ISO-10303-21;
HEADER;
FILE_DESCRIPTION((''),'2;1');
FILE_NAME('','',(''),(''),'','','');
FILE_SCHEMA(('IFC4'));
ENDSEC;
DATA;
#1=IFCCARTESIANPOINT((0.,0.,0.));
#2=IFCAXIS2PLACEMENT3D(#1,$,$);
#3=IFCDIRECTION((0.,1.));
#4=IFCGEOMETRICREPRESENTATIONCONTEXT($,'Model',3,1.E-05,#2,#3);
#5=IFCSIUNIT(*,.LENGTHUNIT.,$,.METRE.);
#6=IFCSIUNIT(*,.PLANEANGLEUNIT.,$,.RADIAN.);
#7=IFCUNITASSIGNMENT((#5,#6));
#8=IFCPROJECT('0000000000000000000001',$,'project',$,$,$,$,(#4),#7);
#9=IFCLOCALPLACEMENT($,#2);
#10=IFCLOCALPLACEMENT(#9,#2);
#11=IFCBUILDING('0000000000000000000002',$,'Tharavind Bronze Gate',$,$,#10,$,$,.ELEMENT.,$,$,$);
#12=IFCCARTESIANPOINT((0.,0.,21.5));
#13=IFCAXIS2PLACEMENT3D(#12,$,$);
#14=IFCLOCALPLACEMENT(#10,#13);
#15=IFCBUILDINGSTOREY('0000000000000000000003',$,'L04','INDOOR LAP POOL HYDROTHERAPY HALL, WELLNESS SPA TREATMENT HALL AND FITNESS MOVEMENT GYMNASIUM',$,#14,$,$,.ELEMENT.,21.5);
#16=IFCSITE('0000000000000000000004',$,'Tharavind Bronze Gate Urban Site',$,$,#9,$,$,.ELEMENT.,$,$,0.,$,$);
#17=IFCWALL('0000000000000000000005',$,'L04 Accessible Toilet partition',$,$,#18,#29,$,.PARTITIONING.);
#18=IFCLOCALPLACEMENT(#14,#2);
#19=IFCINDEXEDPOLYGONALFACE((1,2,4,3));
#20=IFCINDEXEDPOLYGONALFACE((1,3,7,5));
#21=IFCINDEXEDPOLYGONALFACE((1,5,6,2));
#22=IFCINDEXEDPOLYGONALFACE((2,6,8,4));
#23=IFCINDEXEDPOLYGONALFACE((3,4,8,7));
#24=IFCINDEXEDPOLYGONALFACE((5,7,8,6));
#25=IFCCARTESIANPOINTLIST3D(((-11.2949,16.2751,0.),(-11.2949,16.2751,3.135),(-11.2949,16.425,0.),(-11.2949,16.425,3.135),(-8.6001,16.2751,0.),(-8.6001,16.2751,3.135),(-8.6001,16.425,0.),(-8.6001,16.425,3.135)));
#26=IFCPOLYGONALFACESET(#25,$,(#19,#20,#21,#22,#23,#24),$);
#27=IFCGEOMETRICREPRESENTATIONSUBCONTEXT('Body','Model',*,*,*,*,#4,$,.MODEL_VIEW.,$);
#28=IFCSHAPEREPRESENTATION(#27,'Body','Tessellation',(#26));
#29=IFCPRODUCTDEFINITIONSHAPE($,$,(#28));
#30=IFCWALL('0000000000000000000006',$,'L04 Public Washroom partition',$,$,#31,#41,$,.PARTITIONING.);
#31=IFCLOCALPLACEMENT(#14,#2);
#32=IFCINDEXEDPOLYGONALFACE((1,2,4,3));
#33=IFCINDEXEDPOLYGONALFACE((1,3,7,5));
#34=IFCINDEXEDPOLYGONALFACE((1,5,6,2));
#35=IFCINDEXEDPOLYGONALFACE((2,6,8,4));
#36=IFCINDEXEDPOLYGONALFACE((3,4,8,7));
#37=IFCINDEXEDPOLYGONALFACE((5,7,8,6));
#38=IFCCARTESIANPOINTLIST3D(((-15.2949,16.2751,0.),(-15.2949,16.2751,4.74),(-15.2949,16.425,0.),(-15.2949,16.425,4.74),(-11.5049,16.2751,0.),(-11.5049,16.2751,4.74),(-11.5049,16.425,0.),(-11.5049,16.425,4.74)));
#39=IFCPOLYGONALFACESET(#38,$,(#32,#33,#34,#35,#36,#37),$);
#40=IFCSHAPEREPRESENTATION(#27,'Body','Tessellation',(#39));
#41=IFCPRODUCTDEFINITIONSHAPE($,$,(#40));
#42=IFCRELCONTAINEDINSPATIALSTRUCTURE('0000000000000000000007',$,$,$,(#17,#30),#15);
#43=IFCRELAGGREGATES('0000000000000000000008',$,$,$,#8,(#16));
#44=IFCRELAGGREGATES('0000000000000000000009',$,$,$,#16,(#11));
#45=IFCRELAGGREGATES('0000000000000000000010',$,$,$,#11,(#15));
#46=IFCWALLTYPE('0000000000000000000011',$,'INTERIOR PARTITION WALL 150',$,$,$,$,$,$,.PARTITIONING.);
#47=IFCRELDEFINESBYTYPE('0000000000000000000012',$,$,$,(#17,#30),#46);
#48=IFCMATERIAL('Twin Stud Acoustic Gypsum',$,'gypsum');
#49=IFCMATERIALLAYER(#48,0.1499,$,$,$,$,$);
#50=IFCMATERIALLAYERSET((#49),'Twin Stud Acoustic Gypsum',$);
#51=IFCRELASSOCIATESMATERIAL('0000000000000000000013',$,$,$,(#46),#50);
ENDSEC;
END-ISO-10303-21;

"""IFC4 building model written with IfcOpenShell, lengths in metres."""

from ifc_helpers import new_model, si_unit, direction, frame, frame_2d, origin, place, context, subcontext, project, spatial, rectangle, extrude, material, layer, layer_set, type_object, element, save


model = new_model("IFC4")

# Units and contexts
model_context = context("Model", 3, precision=1e-05, world=origin(), true_north=direction((0.0, 1.0)))
body_context = subcontext(model_context, "Body", "Model", "MODEL_VIEW")
ifc_project = project(units=[si_unit("LENGTHUNIT", "METRE"), si_unit("PLANEANGLEUNIT", "RADIAN")], contexts=[model_context])

# Site, building, storey
site_placement = place(None, origin())
site = spatial("IfcSite", under=ifc_project, at=site_placement, Name="Tharavind Bronze Gate Urban Site", CompositionType="ELEMENT", RefElevation=0.0)
building_placement = place(site_placement, origin())
building = spatial("IfcBuilding", under=site, at=building_placement, Name="Tharavind Bronze Gate", CompositionType="ELEMENT")
storey_placement = place(building_placement, frame((0.0, 0.0, 21.5)))
storey = spatial("IfcBuildingStorey", under=building, at=storey_placement, Name="L04", Description="INDOOR LAP POOL HYDROTHERAPY HALL, WELLNESS SPA TREATMENT HALL AND FITNESS MOVEMENT GYMNASIUM", CompositionType="ELEMENT", Elevation=21.5)

# Walls
ifc_material_1 = material(Name="Twin Stud Acoustic Gypsum", Category="gypsum")
ifc_layer_1 = layer(ifc_material_1, 0.1499)
ifc_layer_set_1 = layer_set([ifc_layer_1], Name="Twin Stud Acoustic Gypsum")
wall_type_1 = type_object("IfcWallType", Name="INTERIOR PARTITION WALL 150", PredefinedType="PARTITIONING", material=ifc_layer_set_1)
wall_1_placement = place(storey_placement, frame((-11.2949, 16.3501, 0.0), z_axis=(0.0, 0.0, 1.0), x_axis=(1.0, 0.0, 0.0)))
element("IfcWall", 1, at=wall_1_placement, inside=storey, type_object=wall_type_1, Name="L04 Accessible Toilet partition", PredefinedType="PARTITIONING", context=body_context, shape_type="SweptSolid", body=[
    extrude(rectangle(XDim=2.6948, YDim=0.1499, at=frame_2d((1.3474, 0.0))), origin(), (0.0, 0.0, 1.0), 3.135),
])
wall_2_placement = place(storey_placement, frame((-15.2949, 16.3501, 0.0), z_axis=(0.0, 0.0, 1.0), x_axis=(1.0, 0.0, 0.0)))
element("IfcWall", 2, at=wall_2_placement, inside=storey, type_object=wall_type_1, Name="L04 Public Washroom partition", PredefinedType="PARTITIONING", context=body_context, shape_type="SweptSolid", body=[
    extrude(rectangle(XDim=3.79, YDim=0.1499, at=frame_2d((1.895, 0.0))), origin(), (0.0, 0.0, 1.0), 4.74),
])

save(model, "model.ifc")
